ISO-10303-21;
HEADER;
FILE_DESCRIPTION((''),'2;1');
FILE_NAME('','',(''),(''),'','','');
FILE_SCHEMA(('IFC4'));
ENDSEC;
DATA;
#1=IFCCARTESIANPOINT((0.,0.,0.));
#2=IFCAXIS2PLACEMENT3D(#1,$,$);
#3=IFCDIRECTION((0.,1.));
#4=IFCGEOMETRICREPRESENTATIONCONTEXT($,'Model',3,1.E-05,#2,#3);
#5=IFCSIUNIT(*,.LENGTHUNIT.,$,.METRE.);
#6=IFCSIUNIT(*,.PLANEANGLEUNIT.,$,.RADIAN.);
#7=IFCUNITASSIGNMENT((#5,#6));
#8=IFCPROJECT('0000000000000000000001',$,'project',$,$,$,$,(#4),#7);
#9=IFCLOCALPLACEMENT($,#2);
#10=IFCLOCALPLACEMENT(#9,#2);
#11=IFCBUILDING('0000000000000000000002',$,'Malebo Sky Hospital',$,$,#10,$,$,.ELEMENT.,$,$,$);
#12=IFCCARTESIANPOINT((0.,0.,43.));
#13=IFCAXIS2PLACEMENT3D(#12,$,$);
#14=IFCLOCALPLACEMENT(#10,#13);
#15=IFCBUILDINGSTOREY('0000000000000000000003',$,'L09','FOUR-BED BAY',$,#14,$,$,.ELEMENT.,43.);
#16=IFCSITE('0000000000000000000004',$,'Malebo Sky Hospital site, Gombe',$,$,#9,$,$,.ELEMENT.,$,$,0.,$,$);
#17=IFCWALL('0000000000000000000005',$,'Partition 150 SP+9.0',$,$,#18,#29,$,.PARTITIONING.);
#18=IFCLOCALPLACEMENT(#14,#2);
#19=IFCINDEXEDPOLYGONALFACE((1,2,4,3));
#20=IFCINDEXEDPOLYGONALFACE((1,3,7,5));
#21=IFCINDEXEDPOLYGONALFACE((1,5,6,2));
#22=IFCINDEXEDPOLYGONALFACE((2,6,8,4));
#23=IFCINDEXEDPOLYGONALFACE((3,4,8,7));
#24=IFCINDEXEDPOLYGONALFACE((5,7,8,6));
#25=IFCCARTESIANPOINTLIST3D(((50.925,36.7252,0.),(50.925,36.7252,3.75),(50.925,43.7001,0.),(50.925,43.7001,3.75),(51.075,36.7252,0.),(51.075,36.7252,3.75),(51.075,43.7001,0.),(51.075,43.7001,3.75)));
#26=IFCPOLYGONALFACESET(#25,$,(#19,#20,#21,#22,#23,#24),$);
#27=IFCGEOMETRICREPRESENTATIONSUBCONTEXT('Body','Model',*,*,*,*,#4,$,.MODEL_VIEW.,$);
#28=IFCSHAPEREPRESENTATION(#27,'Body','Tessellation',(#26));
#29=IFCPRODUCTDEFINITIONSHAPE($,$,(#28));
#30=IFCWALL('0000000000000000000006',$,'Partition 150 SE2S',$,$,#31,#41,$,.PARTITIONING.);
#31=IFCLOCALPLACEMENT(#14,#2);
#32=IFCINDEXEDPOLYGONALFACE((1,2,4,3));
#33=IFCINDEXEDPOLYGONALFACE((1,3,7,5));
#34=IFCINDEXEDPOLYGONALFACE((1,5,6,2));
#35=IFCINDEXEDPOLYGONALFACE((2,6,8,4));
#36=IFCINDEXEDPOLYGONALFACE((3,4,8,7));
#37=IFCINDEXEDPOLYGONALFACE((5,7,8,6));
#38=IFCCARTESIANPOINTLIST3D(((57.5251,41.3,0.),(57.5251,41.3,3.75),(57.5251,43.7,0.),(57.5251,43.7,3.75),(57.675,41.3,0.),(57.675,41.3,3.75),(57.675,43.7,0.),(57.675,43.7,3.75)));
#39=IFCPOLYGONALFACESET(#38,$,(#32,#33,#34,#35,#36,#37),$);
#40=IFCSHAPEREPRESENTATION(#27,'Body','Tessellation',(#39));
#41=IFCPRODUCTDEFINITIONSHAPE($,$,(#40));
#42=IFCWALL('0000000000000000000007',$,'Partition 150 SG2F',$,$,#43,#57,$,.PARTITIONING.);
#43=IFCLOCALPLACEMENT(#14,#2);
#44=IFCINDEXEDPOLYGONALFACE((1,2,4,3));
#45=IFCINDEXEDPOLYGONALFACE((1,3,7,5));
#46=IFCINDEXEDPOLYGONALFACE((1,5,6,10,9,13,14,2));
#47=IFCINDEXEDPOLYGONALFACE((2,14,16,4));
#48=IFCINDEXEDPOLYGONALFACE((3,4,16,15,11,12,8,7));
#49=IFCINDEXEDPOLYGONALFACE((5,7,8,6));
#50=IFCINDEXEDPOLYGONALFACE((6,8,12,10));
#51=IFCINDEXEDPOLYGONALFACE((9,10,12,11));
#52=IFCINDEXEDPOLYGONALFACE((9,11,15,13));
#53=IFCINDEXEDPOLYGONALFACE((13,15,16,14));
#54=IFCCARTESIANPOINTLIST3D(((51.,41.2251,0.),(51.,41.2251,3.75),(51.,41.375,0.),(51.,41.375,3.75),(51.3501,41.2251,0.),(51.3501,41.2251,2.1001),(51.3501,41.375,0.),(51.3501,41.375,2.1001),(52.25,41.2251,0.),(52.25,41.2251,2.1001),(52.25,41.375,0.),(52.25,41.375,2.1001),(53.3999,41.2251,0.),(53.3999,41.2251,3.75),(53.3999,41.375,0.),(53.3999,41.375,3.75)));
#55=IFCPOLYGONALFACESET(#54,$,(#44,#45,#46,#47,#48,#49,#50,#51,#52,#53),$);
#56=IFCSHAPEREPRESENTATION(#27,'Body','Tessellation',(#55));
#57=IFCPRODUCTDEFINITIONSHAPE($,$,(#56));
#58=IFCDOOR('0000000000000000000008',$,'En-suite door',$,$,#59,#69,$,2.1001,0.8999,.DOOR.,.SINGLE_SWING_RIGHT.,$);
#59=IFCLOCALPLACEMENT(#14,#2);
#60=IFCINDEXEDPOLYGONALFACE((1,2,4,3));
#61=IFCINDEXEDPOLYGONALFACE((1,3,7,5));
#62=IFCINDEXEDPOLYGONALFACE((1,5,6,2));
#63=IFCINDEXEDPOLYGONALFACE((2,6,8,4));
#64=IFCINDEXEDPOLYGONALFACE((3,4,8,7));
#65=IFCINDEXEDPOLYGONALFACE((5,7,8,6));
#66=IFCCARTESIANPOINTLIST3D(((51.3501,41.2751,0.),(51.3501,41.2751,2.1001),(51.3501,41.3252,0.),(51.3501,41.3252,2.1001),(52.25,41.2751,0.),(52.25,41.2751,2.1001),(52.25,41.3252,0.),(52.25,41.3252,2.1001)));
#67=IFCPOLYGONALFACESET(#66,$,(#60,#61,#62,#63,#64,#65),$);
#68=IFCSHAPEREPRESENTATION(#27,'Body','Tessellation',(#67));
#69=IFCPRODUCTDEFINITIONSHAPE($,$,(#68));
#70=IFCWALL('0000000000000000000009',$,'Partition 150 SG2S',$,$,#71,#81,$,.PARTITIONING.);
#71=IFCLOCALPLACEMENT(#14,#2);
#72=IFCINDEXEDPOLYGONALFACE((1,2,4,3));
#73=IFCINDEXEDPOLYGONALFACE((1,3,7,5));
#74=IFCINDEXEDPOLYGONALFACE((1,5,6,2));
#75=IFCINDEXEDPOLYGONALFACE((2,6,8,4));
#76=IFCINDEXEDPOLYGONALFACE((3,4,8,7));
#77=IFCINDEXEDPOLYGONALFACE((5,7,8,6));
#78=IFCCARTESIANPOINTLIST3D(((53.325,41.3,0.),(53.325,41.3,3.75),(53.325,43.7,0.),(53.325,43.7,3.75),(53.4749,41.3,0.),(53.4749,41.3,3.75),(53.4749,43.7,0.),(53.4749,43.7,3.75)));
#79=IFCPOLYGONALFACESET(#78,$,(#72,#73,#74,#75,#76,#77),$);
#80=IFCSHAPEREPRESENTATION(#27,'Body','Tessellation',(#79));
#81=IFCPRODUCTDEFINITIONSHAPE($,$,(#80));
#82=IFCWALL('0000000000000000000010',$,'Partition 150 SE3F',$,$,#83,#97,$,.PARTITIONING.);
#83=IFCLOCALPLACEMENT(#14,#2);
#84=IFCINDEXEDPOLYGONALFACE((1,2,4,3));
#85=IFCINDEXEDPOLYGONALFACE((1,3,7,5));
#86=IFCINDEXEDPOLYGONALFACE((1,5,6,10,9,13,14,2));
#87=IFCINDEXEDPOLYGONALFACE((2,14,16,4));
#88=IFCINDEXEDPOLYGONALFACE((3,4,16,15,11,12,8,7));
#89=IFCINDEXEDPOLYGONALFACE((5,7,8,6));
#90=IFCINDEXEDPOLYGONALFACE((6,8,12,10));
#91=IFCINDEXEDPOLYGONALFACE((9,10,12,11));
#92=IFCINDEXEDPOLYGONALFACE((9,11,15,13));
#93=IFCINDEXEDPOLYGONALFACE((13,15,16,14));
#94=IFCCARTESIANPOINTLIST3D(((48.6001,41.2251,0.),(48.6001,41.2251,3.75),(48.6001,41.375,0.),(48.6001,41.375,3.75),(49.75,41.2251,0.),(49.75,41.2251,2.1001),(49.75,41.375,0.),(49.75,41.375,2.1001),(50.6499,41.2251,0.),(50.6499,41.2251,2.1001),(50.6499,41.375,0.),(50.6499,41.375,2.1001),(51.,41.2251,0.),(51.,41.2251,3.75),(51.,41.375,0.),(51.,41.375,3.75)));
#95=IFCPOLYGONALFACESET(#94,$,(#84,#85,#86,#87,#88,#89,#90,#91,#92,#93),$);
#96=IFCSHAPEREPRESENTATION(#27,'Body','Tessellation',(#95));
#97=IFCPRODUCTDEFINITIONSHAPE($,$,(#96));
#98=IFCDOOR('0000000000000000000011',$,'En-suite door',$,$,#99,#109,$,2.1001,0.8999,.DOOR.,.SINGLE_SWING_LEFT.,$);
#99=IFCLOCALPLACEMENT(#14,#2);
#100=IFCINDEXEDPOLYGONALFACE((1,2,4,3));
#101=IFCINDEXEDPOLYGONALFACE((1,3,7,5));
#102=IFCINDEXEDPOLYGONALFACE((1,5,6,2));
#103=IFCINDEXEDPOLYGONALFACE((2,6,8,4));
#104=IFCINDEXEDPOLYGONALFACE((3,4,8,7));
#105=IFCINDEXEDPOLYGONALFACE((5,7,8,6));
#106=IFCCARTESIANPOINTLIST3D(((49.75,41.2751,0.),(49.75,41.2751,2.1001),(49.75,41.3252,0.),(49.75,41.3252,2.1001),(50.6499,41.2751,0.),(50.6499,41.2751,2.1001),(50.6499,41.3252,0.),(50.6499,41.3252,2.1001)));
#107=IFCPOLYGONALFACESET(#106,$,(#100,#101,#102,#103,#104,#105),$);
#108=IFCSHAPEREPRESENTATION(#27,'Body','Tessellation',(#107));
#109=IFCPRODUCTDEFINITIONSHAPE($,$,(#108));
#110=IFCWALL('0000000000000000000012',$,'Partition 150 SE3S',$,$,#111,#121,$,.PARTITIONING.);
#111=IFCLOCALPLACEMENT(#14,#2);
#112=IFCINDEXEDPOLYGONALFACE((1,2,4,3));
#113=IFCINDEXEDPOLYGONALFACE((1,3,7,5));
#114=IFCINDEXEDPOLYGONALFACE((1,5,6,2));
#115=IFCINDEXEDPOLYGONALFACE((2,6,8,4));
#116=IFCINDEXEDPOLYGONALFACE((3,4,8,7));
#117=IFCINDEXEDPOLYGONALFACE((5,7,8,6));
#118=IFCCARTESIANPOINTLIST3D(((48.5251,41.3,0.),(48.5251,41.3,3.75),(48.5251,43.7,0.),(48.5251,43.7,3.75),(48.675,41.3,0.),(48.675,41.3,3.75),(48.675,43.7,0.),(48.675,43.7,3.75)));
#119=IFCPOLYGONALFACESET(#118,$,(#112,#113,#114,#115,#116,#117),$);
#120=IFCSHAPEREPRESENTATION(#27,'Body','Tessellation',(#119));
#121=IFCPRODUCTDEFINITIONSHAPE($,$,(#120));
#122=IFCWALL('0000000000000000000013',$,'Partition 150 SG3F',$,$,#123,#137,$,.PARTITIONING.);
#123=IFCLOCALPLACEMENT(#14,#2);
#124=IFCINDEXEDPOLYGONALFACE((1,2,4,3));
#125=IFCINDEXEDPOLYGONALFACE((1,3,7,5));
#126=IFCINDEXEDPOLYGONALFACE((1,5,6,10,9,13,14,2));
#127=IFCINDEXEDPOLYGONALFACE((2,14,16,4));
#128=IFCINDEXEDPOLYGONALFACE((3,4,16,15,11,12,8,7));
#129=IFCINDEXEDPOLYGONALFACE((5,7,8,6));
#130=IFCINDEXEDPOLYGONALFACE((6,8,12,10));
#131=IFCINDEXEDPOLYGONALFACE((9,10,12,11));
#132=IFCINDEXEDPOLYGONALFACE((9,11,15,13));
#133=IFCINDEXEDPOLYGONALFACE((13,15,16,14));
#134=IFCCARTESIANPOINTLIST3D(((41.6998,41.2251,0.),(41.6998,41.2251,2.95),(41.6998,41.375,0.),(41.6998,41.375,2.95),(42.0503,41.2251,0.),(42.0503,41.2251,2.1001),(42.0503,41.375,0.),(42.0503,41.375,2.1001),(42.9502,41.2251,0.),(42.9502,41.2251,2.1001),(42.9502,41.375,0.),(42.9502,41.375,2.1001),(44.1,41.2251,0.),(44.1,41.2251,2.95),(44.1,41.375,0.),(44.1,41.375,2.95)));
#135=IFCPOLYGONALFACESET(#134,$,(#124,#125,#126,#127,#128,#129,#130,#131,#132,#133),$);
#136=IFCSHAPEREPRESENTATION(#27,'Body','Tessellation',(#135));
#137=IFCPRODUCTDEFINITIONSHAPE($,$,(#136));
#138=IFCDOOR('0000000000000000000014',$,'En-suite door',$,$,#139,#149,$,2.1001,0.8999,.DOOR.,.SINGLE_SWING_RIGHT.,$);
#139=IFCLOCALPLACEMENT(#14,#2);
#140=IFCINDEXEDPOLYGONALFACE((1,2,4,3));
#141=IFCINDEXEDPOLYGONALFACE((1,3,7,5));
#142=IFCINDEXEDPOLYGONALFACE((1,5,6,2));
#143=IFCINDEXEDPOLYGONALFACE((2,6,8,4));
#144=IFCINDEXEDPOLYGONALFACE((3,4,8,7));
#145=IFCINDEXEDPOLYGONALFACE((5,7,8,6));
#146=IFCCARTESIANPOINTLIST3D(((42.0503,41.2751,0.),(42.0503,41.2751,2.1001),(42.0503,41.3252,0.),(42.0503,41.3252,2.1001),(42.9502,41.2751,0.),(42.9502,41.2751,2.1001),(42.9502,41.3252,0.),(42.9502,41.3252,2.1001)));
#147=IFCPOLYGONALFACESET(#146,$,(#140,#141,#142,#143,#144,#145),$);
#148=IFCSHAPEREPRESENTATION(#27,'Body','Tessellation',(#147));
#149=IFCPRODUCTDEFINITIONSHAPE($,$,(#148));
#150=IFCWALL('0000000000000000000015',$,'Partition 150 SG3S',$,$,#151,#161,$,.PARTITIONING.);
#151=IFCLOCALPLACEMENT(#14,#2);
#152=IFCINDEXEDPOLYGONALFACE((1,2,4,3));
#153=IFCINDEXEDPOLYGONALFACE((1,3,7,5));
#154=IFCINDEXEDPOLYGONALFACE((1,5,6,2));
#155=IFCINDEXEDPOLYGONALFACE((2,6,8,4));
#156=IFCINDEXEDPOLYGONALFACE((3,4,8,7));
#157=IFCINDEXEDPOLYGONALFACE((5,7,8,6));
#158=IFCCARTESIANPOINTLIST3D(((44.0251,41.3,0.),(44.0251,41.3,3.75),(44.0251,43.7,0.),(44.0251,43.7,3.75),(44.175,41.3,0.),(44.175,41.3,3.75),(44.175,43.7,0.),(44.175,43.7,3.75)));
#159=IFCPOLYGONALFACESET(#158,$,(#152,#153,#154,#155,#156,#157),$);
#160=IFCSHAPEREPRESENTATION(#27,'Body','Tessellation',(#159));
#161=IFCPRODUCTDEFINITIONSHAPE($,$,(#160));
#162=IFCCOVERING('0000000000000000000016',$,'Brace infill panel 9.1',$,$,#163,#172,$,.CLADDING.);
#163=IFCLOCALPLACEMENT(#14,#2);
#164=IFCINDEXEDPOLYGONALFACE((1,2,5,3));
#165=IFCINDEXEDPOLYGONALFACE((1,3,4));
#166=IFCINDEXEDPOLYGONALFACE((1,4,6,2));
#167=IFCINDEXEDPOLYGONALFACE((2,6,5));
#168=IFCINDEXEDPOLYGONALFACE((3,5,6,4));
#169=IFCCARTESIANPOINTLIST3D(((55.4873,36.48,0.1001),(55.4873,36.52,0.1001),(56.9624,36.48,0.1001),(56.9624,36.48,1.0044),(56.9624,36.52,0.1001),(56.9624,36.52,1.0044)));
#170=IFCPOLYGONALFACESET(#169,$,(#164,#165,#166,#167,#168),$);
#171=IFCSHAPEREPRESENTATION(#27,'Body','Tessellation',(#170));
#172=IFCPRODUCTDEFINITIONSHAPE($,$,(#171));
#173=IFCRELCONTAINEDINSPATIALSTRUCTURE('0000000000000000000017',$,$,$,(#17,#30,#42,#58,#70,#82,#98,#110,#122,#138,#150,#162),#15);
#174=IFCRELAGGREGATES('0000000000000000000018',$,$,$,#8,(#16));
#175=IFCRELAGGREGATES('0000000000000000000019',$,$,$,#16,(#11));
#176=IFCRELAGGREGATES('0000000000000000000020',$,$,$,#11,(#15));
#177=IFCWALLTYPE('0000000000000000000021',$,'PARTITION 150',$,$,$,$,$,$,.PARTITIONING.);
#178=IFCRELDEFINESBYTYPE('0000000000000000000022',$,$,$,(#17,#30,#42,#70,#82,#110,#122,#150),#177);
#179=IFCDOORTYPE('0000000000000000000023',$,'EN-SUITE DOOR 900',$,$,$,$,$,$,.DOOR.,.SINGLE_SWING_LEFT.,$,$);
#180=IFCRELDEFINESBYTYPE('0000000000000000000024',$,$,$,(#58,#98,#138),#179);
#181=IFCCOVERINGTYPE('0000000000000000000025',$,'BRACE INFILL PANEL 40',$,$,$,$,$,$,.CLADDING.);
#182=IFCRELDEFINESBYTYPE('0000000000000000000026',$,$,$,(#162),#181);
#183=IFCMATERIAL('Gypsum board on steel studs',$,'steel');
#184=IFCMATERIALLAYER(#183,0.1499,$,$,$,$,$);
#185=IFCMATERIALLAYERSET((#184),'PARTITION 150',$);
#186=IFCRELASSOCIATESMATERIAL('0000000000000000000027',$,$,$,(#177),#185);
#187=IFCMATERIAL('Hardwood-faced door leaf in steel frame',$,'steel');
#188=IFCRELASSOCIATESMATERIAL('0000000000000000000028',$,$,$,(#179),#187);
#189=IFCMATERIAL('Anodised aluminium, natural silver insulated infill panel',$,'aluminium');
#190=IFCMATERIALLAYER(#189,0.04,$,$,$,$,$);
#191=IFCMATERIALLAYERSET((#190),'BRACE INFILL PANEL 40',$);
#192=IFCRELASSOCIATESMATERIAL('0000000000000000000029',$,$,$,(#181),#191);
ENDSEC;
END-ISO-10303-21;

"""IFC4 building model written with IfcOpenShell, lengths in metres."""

from ifc_helpers import new_model, si_unit, direction, frame, frame_2d, origin, place, context, subcontext, project, spatial, polyline, rectangle, outline, extrude, material, layer, layer_set, type_object, element, fill, save


model = new_model("IFC4")

# Units and contexts
model_context = context("Model", 3, precision=1e-05, world=origin(), true_north=direction((0.0, 1.0)))
body_context = subcontext(model_context, "Body", "Model", "MODEL_VIEW")
ifc_project = project(units=[si_unit("LENGTHUNIT", "METRE"), si_unit("PLANEANGLEUNIT", "RADIAN")], contexts=[model_context])

# Site, building, storey
site_placement = place(None, origin())
site = spatial("IfcSite", under=ifc_project, at=site_placement, Name="Malebo Sky Hospital site, Gombe", CompositionType="ELEMENT", RefElevation=0.0)
building_placement = place(site_placement, origin())
building = spatial("IfcBuilding", under=site, at=building_placement, Name="Malebo Sky Hospital", CompositionType="ELEMENT")
storey_placement = place(building_placement, frame((0.0, 0.0, 43.0)))
storey = spatial("IfcBuildingStorey", under=building, at=storey_placement, Name="L09", Description="FOUR-BED BAY", CompositionType="ELEMENT", Elevation=43.0)

# Walls
ifc_material_1 = material(Name="Gypsum board on steel studs", Category="steel")
ifc_layer_1 = layer(ifc_material_1, 0.1499)
ifc_layer_set_1 = layer_set([ifc_layer_1], Name="PARTITION 150")
wall_type = type_object("IfcWallType", Name="PARTITION 150", PredefinedType="PARTITIONING", material=ifc_layer_set_1)
wall_1_placement = place(storey_placement, frame((51.0, 43.7, 0.0), z_axis=(0.0, 0.0, 1.0), x_axis=(0.0, -1.0, 0.0)))
element("IfcWall", 1, at=wall_1_placement, inside=storey, type_object=wall_type, Name="Partition 150 SP+9.0", PredefinedType="PARTITIONING", context=body_context, shape_type="SweptSolid", body=[
    extrude(rectangle(XDim=6.9749, YDim=0.1499, at=frame_2d((3.4873, 0.0))), origin(), (0.0, 0.0, 1.0), 3.75),
])
wall_2_placement = place(storey_placement, frame((57.6001, 43.7, 0.0), z_axis=(0.0, 0.0, 1.0), x_axis=(0.0, -1.0, 0.0)))
element("IfcWall", 2, at=wall_2_placement, inside=storey, type_object=wall_type, Name="Partition 150 SE2S", PredefinedType="PARTITIONING", context=body_context, shape_type="SweptSolid", body=[
    extrude(rectangle(XDim=2.3999, YDim=0.1499, at=frame_2d((1.2, 0.0))), origin(), (0.0, 0.0, 1.0), 3.75),
])

# Wall, opening, door
wall_3_placement = place(storey_placement, frame((53.3999, 41.3, 0.0), z_axis=(0.0, 0.0, 1.0), x_axis=(-1.0, 0.0, 0.0)))
wall_3 = element("IfcWall", 3, at=wall_3_placement, inside=storey, type_object=wall_type, Name="Partition 150 SG2F", PredefinedType="PARTITIONING", context=body_context, shape_type="SweptSolid", body=[
    extrude(rectangle(XDim=2.3999, YDim=0.1499, at=frame_2d((1.2, 0.0))), origin(), (0.0, 0.0, 1.0), 3.75),
])
opening_1_placement = place(wall_3_placement, frame((1.1499, 0.0, 0.0)))
opening_1 = element("IfcOpeningElement", 4, at=opening_1_placement, cuts=wall_3, PredefinedType="OPENING", context=body_context, shape_type="SweptSolid", body=[
    extrude(rectangle(XDim=0.8999, YDim=2.1001, at=frame_2d((0.45, 1.05))), frame((0.0, 0.085, 0.0), z_axis=(0.0, -1.0, 0.0), x_axis=(1.0, 0.0, 0.0)), (0.0, 0.0, 1.0), 0.1699),
])
ifc_material_2 = material(Name="Hardwood-faced door leaf in steel frame", Category="steel")
door_type = type_object("IfcDoorType", Name="EN-SUITE DOOR 900", OperationType="SINGLE_SWING_LEFT", PredefinedType="DOOR", material=ifc_material_2)
door_1_placement = place(opening_1_placement, origin())
door_1 = element("IfcDoor", 5, at=door_1_placement, inside=storey, type_object=door_type, Name="En-suite door", OperationType="SINGLE_SWING_RIGHT", OverallHeight=2.1001, OverallWidth=0.8999, PredefinedType="DOOR", context=body_context, shape_type="SweptSolid", body=[
    extrude(rectangle(XDim=0.8999, YDim=2.1001, at=frame_2d((0.45, 1.05))), frame((0.0, 0.0249, 0.0), z_axis=(0.0, -1.0, 0.0), x_axis=(1.0, 0.0, 0.0)), (0.0, 0.0, 1.0), 0.05),
])
fill(opening_1, door_1)

# Wall
wall_4_placement = place(storey_placement, frame((53.3999, 43.7, 0.0), z_axis=(0.0, 0.0, 1.0), x_axis=(0.0, -1.0, 0.0)))
element("IfcWall", 6, at=wall_4_placement, inside=storey, type_object=wall_type, Name="Partition 150 SG2S", PredefinedType="PARTITIONING", context=body_context, shape_type="SweptSolid", body=[
    extrude(rectangle(XDim=2.3999, YDim=0.1499, at=frame_2d((1.2, 0.0))), origin(), (0.0, 0.0, 1.0), 3.75),
])

# Wall, opening, door
wall_5_placement = place(storey_placement, frame((51.0, 41.3, 0.0), z_axis=(0.0, 0.0, 1.0), x_axis=(-1.0, 0.0, 0.0)))
wall_5 = element("IfcWall", 7, at=wall_5_placement, inside=storey, type_object=wall_type, Name="Partition 150 SE3F", PredefinedType="PARTITIONING", context=body_context, shape_type="SweptSolid", body=[
    extrude(rectangle(XDim=2.3999, YDim=0.1499, at=frame_2d((1.2, 0.0))), origin(), (0.0, 0.0, 1.0), 3.75),
])
opening_2_placement = place(wall_5_placement, frame((0.3501, 0.0, 0.0)))
opening_2 = element("IfcOpeningElement", 8, at=opening_2_placement, cuts=wall_5, PredefinedType="OPENING", context=body_context, shape_type="SweptSolid", body=[
    extrude(rectangle(XDim=0.8999, YDim=2.1001, at=frame_2d((0.45, 1.05))), frame((0.0, 0.085, 0.0), z_axis=(0.0, -1.0, 0.0), x_axis=(1.0, 0.0, 0.0)), (0.0, 0.0, 1.0), 0.1699),
])
door_2_placement = place(opening_2_placement, origin())
door_2 = element("IfcDoor", 9, at=door_2_placement, inside=storey, type_object=door_type, Name="En-suite door", OperationType="SINGLE_SWING_LEFT", OverallHeight=2.1001, OverallWidth=0.8999, PredefinedType="DOOR", context=body_context, shape_type="SweptSolid", body=[
    extrude(rectangle(XDim=0.8999, YDim=2.1001, at=frame_2d((0.45, 1.05))), frame((0.0, 0.0249, 0.0), z_axis=(0.0, -1.0, 0.0), x_axis=(1.0, 0.0, 0.0)), (0.0, 0.0, 1.0), 0.05),
])
fill(opening_2, door_2)

# Wall
wall_6_placement = place(storey_placement, frame((48.6001, 43.7, 0.0), z_axis=(0.0, 0.0, 1.0), x_axis=(0.0, -1.0, 0.0)))
element("IfcWall", 10, at=wall_6_placement, inside=storey, type_object=wall_type, Name="Partition 150 SE3S", PredefinedType="PARTITIONING", context=body_context, shape_type="SweptSolid", body=[
    extrude(rectangle(XDim=2.3999, YDim=0.1499, at=frame_2d((1.2, 0.0))), origin(), (0.0, 0.0, 1.0), 3.75),
])

# Wall, opening, door
wall_7_placement = place(storey_placement, frame((44.1001, 41.3, 0.0), z_axis=(0.0, 0.0, 1.0), x_axis=(-1.0, 0.0, 0.0)))
wall_7 = element("IfcWall", 11, at=wall_7_placement, inside=storey, type_object=wall_type, Name="Partition 150 SG3F", PredefinedType="PARTITIONING", context=body_context, shape_type="SweptSolid", body=[
    extrude(rectangle(XDim=2.4001, YDim=0.1499, at=frame_2d((1.2002, 0.0))), origin(), (0.0, 0.0, 1.0), 2.95),
])
opening_3_placement = place(wall_7_placement, frame((1.1499, 0.0, 0.0)))
opening_3 = element("IfcOpeningElement", 12, at=opening_3_placement, cuts=wall_7, PredefinedType="OPENING", context=body_context, shape_type="SweptSolid", body=[
    extrude(rectangle(XDim=0.8999, YDim=2.1001, at=frame_2d((0.45, 1.05))), frame((0.0, 0.085, 0.0), z_axis=(0.0, -1.0, 0.0), x_axis=(1.0, 0.0, 0.0)), (0.0, 0.0, 1.0), 0.1699),
])
door_3_placement = place(opening_3_placement, origin())
door_3 = element("IfcDoor", 13, at=door_3_placement, inside=storey, type_object=door_type, Name="En-suite door", OperationType="SINGLE_SWING_RIGHT", OverallHeight=2.1001, OverallWidth=0.8999, PredefinedType="DOOR", context=body_context, shape_type="SweptSolid", body=[
    extrude(rectangle(XDim=0.8999, YDim=2.1001, at=frame_2d((0.45, 1.05))), frame((0.0, 0.0249, 0.0), z_axis=(0.0, -1.0, 0.0), x_axis=(1.0, 0.0, 0.0)), (0.0, 0.0, 1.0), 0.05),
])
fill(opening_3, door_3)

# Wall
wall_8_placement = place(storey_placement, frame((44.1001, 43.7, 0.0), z_axis=(0.0, 0.0, 1.0), x_axis=(0.0, -1.0, 0.0)))
element("IfcWall", 14, at=wall_8_placement, inside=storey, type_object=wall_type, Name="Partition 150 SG3S", PredefinedType="PARTITIONING", context=body_context, shape_type="SweptSolid", body=[
    extrude(rectangle(XDim=2.3999, YDim=0.1499, at=frame_2d((1.2, 0.0))), origin(), (0.0, 0.0, 1.0), 3.75),
])

# Covering
ifc_material_3 = material(Name="Anodised aluminium, natural silver insulated infill panel", Category="aluminium")
ifc_layer_2 = layer(ifc_material_3, 0.04)
ifc_layer_set_2 = layer_set([ifc_layer_2], Name="BRACE INFILL PANEL 40")
covering_type = type_object("IfcCoveringType", Name="BRACE INFILL PANEL 40", PredefinedType="CLADDING", material=ifc_layer_set_2)
covering_placement = place(storey_placement, frame((56.2249, 36.5, 0.1001), z_axis=(0.0, 0.0, 1.0), x_axis=(-1.0, 0.0, 0.0)))
element("IfcCovering", 15, at=covering_placement, inside=storey, type_object=covering_type, Name="Brace infill panel 9.1", PredefinedType="CLADDING", context=body_context, shape_type="SweptSolid", body=[
    extrude(outline(polyline([(-0.7375, 0.0), (0.7375, 0.0), (-0.7375, 0.9043), (-0.7375, 0.0)])), frame((0.0, 0.02, 0.0), z_axis=(0.0, -1.0, 0.0), x_axis=(1.0, 0.0, 0.0)), (0.0, 0.0, 1.0), 0.04),
])

save(model, "model.ifc")
